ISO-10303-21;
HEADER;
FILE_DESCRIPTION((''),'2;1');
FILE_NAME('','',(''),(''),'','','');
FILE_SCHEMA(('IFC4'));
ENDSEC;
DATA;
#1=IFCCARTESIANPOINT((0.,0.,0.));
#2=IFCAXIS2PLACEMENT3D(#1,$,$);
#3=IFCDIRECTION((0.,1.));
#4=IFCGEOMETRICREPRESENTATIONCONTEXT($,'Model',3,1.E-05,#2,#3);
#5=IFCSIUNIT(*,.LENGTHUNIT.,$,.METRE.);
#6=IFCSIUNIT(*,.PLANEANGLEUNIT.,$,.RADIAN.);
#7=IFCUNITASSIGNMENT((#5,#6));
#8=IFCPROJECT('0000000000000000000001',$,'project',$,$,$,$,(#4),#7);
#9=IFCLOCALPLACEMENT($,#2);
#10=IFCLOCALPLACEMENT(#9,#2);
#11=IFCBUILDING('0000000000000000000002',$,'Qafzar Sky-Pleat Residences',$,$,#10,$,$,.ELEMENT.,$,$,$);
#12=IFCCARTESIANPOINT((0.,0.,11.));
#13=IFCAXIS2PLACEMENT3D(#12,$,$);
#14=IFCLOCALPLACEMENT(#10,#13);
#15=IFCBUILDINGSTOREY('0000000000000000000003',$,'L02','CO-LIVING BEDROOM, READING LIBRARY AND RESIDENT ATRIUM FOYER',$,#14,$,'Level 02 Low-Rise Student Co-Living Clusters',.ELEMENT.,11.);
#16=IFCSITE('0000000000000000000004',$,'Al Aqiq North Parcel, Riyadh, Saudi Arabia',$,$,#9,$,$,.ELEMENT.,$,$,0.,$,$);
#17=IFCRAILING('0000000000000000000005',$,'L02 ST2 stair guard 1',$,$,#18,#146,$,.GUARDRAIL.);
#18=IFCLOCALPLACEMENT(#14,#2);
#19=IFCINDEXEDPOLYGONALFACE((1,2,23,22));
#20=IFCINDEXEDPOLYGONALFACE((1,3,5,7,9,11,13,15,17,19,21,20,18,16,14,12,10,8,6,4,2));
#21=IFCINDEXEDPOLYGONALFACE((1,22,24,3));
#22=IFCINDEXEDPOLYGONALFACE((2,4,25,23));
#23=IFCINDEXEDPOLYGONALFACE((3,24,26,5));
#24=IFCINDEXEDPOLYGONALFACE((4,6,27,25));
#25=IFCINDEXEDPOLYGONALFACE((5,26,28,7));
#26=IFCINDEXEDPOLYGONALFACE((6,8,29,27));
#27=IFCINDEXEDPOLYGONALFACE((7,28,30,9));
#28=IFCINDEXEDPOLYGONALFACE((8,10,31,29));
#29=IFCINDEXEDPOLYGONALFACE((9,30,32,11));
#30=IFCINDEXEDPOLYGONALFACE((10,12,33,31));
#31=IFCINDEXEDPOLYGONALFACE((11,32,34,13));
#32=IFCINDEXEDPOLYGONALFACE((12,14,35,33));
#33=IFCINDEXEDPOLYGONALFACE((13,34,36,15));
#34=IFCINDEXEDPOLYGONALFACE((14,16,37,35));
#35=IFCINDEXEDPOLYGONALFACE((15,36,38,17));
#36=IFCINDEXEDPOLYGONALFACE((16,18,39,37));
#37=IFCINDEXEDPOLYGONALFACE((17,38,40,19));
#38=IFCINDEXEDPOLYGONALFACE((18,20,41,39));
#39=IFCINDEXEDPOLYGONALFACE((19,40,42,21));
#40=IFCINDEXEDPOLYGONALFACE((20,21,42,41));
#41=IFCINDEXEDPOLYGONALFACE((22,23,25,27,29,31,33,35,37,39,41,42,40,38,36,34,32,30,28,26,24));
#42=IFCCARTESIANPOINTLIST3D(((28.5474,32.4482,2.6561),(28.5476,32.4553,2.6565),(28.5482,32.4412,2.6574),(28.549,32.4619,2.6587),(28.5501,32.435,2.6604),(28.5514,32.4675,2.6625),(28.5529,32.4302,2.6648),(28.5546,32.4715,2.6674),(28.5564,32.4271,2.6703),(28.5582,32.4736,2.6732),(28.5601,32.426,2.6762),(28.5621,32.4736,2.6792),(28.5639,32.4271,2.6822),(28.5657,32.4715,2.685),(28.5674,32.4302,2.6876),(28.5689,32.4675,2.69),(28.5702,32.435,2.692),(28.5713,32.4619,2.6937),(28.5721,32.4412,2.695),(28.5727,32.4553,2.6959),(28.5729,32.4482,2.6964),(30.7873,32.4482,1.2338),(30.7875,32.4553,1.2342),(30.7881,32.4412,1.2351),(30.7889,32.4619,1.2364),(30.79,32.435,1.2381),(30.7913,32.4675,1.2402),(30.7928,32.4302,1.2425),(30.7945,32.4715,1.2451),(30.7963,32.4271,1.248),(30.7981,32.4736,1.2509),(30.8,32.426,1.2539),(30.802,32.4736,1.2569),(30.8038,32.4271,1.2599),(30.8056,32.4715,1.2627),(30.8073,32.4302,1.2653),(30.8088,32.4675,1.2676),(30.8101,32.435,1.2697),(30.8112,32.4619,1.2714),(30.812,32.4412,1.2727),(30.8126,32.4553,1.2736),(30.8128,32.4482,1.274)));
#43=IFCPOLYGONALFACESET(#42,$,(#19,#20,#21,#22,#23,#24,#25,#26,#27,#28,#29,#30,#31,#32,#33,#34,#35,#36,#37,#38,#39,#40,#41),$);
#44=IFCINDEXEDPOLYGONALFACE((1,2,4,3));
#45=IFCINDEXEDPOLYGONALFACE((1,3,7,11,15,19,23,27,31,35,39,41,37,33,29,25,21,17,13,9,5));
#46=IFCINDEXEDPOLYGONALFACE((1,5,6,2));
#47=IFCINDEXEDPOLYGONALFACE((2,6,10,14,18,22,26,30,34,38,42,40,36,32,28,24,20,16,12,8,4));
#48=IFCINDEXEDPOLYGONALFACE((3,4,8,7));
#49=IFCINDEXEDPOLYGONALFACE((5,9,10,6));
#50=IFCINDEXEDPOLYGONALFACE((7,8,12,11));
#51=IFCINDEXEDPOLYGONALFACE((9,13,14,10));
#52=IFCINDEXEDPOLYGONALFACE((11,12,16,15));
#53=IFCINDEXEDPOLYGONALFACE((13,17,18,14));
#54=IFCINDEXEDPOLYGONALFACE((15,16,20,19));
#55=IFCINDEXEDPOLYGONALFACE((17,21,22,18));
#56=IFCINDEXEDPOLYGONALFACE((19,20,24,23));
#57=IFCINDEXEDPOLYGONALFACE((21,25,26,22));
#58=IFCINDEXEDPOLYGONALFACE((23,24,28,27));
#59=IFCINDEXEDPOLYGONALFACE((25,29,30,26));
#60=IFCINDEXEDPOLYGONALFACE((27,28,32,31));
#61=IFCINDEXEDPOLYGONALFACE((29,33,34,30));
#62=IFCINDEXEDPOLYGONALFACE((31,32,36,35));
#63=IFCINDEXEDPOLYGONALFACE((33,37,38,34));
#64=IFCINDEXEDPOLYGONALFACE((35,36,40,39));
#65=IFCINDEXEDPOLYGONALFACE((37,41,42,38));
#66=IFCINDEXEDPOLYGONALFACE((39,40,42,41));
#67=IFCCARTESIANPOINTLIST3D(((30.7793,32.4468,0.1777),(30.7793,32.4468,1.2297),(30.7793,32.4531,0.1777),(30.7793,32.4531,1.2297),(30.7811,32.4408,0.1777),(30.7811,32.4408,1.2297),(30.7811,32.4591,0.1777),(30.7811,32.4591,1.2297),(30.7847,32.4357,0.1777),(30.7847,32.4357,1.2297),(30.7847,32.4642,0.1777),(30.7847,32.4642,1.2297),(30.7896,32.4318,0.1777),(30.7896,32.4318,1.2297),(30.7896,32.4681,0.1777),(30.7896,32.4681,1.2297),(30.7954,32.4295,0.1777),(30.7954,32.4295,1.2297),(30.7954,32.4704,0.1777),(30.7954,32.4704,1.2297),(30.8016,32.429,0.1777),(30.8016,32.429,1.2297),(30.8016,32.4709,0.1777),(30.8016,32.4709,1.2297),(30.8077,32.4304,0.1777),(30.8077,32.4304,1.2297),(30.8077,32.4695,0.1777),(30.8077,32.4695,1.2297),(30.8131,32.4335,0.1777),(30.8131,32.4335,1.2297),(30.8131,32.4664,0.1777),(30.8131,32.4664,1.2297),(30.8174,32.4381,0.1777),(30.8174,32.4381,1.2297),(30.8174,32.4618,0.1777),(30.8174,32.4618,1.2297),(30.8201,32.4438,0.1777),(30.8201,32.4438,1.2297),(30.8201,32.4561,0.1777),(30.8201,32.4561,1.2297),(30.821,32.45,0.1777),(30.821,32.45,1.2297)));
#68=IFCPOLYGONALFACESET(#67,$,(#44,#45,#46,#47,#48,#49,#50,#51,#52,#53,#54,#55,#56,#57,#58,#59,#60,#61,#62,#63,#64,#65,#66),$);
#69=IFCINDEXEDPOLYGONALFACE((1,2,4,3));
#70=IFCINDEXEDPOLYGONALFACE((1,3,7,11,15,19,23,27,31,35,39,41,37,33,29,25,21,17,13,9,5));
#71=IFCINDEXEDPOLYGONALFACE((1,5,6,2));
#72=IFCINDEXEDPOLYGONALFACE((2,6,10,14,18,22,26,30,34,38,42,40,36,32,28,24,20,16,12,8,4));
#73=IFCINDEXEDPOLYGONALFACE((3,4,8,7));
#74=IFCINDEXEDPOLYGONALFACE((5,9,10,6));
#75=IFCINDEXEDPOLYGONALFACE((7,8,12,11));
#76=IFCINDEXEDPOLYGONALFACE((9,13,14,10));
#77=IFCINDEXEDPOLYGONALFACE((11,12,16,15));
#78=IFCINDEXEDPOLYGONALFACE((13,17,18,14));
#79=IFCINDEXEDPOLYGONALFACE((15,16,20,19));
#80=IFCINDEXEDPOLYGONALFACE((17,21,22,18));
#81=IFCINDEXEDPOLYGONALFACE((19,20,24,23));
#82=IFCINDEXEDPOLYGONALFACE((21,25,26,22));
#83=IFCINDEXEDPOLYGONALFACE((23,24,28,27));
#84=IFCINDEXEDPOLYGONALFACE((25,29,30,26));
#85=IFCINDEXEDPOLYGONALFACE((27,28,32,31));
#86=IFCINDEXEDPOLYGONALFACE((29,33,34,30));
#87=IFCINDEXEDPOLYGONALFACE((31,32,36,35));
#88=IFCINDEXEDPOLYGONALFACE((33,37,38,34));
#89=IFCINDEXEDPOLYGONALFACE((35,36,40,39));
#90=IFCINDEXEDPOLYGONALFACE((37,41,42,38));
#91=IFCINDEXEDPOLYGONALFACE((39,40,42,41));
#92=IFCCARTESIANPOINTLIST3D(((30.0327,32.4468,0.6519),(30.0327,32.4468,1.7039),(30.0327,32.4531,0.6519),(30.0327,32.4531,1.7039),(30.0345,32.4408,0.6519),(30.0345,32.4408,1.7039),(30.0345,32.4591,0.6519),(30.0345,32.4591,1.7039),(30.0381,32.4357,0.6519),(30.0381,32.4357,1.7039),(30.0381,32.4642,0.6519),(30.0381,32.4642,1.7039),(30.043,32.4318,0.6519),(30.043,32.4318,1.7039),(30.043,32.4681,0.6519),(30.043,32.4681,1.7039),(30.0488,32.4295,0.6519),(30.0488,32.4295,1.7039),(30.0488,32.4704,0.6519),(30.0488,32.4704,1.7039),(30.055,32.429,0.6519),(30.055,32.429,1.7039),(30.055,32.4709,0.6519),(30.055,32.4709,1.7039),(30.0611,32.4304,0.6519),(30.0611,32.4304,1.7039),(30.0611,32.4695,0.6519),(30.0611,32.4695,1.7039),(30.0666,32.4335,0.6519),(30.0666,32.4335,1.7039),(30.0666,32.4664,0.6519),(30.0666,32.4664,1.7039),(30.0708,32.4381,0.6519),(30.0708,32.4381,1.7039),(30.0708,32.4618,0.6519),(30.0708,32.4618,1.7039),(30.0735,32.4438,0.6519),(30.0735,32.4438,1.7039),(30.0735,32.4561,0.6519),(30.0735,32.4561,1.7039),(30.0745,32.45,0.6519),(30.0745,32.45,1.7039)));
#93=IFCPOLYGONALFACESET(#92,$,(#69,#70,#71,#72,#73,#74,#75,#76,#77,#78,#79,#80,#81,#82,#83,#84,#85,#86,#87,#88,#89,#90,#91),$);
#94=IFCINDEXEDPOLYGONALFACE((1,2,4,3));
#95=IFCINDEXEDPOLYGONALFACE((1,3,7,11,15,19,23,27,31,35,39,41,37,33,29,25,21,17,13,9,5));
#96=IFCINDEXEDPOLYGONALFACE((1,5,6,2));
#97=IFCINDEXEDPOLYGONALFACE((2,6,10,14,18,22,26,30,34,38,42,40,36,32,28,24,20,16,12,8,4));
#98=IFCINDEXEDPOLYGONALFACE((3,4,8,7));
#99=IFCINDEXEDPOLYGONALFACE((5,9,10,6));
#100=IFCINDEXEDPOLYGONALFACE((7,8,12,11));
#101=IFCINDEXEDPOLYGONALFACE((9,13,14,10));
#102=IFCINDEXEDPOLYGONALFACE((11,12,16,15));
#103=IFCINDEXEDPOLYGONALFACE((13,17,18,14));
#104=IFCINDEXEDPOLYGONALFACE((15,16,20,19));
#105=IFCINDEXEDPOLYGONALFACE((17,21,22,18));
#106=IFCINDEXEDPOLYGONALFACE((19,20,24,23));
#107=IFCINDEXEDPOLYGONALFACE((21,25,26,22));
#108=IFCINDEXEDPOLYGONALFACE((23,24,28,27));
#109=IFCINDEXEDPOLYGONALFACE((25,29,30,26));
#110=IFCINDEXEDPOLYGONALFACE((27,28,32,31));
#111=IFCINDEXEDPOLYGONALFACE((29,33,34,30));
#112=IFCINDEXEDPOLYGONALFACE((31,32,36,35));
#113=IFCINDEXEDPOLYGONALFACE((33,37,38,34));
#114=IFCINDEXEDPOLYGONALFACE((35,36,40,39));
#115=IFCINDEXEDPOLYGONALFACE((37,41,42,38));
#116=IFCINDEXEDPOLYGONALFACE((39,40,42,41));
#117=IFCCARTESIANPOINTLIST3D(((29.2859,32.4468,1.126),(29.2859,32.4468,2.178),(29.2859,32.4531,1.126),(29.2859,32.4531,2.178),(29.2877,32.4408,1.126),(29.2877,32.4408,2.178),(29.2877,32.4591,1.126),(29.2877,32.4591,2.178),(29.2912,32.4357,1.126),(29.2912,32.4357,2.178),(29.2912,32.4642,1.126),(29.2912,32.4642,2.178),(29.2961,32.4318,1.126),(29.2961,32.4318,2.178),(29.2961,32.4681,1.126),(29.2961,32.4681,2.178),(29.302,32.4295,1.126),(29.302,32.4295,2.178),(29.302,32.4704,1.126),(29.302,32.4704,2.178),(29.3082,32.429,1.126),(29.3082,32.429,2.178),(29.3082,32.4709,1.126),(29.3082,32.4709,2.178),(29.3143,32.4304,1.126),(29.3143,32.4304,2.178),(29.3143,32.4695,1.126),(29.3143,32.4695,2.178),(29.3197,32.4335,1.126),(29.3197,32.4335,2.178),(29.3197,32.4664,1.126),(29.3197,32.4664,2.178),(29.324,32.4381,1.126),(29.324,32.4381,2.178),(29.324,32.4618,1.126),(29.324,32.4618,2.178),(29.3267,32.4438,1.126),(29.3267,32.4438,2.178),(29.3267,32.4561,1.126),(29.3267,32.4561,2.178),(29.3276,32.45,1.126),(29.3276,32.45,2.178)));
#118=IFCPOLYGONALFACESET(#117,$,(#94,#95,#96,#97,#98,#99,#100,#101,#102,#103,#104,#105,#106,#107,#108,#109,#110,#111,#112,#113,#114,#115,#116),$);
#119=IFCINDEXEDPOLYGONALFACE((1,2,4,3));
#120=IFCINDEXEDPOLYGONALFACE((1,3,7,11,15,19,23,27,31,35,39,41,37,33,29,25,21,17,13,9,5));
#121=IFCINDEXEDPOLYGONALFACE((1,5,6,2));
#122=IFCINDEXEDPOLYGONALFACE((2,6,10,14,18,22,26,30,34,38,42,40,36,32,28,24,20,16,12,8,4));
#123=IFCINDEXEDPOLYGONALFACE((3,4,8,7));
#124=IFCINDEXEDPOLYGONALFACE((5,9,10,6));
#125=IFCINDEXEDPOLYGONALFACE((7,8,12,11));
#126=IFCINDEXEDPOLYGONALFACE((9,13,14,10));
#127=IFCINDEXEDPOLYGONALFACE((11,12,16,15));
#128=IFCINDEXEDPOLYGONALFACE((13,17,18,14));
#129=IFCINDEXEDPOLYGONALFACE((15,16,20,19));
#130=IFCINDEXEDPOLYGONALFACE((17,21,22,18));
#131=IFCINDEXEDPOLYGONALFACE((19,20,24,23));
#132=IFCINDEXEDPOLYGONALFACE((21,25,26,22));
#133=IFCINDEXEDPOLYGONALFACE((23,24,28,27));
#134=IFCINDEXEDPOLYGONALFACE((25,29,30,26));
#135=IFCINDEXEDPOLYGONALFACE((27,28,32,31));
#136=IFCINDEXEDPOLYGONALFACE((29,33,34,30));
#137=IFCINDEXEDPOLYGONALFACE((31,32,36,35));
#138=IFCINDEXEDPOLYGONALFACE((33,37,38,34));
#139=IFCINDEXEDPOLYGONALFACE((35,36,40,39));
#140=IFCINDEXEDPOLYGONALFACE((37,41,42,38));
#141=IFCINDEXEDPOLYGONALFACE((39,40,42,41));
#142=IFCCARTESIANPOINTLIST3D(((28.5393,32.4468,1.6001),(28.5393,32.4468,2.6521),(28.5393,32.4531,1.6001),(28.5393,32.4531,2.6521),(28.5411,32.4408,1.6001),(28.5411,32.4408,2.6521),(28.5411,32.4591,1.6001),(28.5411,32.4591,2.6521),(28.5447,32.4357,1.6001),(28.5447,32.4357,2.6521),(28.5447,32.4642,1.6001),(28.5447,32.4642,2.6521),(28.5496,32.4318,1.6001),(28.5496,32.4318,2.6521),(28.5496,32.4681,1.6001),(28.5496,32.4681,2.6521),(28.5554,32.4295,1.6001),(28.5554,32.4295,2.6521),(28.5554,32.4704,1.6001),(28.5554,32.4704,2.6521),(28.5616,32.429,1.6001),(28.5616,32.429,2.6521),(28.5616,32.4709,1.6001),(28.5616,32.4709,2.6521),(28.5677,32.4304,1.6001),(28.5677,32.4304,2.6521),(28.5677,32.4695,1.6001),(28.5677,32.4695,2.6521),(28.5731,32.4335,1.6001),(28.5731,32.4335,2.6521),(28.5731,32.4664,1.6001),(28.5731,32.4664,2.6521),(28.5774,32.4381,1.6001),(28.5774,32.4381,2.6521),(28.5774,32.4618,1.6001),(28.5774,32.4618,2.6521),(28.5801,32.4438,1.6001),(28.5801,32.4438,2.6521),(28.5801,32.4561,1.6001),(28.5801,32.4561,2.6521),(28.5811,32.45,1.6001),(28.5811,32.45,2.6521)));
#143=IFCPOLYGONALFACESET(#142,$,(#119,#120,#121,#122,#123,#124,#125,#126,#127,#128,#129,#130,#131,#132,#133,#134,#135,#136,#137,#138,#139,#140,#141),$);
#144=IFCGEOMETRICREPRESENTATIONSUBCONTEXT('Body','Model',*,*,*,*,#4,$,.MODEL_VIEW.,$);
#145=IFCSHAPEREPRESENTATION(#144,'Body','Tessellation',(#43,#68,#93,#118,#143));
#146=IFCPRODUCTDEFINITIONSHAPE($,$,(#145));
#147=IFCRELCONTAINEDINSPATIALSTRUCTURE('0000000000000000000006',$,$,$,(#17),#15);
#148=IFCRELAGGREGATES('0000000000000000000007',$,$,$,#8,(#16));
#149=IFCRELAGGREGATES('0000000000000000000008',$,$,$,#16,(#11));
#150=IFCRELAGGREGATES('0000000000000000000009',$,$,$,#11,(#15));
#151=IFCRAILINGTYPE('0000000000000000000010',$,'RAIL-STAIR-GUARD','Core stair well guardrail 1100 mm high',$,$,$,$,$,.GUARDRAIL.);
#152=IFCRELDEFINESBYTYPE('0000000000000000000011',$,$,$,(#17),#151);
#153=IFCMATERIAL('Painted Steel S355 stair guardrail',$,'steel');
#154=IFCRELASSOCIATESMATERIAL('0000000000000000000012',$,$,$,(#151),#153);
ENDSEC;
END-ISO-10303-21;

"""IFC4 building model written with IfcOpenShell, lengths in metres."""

from ifc_helpers import new_model, si_unit, direction, frame, origin, origin_2d, place, context, subcontext, project, spatial, circle, extrude, source, transform, mapped, material, type_object, element, save


model = new_model("IFC4")

# Units and contexts
model_context = context("Model", 3, precision=1e-05, world=origin(), true_north=direction((0.0, 1.0)))
body_context = subcontext(model_context, "Body", "Model", "MODEL_VIEW")
ifc_project = project(units=[si_unit("LENGTHUNIT", "METRE"), si_unit("PLANEANGLEUNIT", "RADIAN")], contexts=[model_context])

# Site, building, storey
site_placement = place(None, origin())
site = spatial("IfcSite", under=ifc_project, at=site_placement, Name="Al Aqiq North Parcel, Riyadh, Saudi Arabia", CompositionType="ELEMENT", RefElevation=0.0)
building_placement = place(site_placement, origin())
building = spatial("IfcBuilding", under=site, at=building_placement, Name="Qafzar Sky-Pleat Residences", CompositionType="ELEMENT")
storey_placement = place(building_placement, frame((0.0, 0.0, 11.0)))
storey = spatial("IfcBuildingStorey", under=building, at=storey_placement, Name="L02", Description="CO-LIVING BEDROOM, READING LIBRARY AND RESIDENT ATRIUM FOYER", LongName="Level 02 Low-Rise Student Co-Living Clusters", CompositionType="ELEMENT", Elevation=11.0)

# Railing
ifc_material_1 = material(Name="Painted Steel S355 stair guardrail", Category="steel")
railing_type_1 = type_object("IfcRailingType", Name="RAIL-STAIR-GUARD", Description="Core stair well guardrail 1100 mm high", PredefinedType="GUARDRAIL", material=ifc_material_1)
shared_shape_1 = source(origin(), body_context, "Body", "SweptSolid", [
    extrude(circle(Radius=0.0239, at=origin_2d()), frame((0.0, 0.0, 1.0762), z_axis=(-0.844188, 0.0, 0.536048), x_axis=(0.0, -1.0, 0.0)), (0.0, 0.0, 1.0), 2.6533),
    extrude(circle(Radius=0.021, at=origin_2d()), origin(), (0.0, 0.0, 1.0), 1.052),
    extrude(circle(Radius=0.021, at=origin_2d()), frame((-0.7466, 0.0, 0.4741)), (0.0, 0.0, 1.0), 1.052),
    extrude(circle(Radius=0.021, at=origin_2d()), frame((-1.4934, 0.0, 0.9482)), (0.0, 0.0, 1.0), 1.052),
    extrude(circle(Radius=0.021, at=origin_2d()), frame((-2.24, 0.0, 1.4224)), (0.0, 0.0, 1.0), 1.052),
])
railing_1_placement = place(storey_placement, frame((30.8, 32.45, 0.1777)))
element("IfcRailing", 1, at=railing_1_placement, inside=storey, type_object=railing_type_1, Name="L02 ST2 stair guard 1", PredefinedType="GUARDRAIL", context=body_context, shape_type="MappedRepresentation", body=[
    mapped(shared_shape_1, transform((0.0, 0.0, 0.0), x_axis=(1.0, 0.0, 0.0), y_axis=(0.0, 1.0, 0.0), z_axis=(0.0, 0.0, 1.0), scale=1.0)),
])

save(model, "model.ifc")
